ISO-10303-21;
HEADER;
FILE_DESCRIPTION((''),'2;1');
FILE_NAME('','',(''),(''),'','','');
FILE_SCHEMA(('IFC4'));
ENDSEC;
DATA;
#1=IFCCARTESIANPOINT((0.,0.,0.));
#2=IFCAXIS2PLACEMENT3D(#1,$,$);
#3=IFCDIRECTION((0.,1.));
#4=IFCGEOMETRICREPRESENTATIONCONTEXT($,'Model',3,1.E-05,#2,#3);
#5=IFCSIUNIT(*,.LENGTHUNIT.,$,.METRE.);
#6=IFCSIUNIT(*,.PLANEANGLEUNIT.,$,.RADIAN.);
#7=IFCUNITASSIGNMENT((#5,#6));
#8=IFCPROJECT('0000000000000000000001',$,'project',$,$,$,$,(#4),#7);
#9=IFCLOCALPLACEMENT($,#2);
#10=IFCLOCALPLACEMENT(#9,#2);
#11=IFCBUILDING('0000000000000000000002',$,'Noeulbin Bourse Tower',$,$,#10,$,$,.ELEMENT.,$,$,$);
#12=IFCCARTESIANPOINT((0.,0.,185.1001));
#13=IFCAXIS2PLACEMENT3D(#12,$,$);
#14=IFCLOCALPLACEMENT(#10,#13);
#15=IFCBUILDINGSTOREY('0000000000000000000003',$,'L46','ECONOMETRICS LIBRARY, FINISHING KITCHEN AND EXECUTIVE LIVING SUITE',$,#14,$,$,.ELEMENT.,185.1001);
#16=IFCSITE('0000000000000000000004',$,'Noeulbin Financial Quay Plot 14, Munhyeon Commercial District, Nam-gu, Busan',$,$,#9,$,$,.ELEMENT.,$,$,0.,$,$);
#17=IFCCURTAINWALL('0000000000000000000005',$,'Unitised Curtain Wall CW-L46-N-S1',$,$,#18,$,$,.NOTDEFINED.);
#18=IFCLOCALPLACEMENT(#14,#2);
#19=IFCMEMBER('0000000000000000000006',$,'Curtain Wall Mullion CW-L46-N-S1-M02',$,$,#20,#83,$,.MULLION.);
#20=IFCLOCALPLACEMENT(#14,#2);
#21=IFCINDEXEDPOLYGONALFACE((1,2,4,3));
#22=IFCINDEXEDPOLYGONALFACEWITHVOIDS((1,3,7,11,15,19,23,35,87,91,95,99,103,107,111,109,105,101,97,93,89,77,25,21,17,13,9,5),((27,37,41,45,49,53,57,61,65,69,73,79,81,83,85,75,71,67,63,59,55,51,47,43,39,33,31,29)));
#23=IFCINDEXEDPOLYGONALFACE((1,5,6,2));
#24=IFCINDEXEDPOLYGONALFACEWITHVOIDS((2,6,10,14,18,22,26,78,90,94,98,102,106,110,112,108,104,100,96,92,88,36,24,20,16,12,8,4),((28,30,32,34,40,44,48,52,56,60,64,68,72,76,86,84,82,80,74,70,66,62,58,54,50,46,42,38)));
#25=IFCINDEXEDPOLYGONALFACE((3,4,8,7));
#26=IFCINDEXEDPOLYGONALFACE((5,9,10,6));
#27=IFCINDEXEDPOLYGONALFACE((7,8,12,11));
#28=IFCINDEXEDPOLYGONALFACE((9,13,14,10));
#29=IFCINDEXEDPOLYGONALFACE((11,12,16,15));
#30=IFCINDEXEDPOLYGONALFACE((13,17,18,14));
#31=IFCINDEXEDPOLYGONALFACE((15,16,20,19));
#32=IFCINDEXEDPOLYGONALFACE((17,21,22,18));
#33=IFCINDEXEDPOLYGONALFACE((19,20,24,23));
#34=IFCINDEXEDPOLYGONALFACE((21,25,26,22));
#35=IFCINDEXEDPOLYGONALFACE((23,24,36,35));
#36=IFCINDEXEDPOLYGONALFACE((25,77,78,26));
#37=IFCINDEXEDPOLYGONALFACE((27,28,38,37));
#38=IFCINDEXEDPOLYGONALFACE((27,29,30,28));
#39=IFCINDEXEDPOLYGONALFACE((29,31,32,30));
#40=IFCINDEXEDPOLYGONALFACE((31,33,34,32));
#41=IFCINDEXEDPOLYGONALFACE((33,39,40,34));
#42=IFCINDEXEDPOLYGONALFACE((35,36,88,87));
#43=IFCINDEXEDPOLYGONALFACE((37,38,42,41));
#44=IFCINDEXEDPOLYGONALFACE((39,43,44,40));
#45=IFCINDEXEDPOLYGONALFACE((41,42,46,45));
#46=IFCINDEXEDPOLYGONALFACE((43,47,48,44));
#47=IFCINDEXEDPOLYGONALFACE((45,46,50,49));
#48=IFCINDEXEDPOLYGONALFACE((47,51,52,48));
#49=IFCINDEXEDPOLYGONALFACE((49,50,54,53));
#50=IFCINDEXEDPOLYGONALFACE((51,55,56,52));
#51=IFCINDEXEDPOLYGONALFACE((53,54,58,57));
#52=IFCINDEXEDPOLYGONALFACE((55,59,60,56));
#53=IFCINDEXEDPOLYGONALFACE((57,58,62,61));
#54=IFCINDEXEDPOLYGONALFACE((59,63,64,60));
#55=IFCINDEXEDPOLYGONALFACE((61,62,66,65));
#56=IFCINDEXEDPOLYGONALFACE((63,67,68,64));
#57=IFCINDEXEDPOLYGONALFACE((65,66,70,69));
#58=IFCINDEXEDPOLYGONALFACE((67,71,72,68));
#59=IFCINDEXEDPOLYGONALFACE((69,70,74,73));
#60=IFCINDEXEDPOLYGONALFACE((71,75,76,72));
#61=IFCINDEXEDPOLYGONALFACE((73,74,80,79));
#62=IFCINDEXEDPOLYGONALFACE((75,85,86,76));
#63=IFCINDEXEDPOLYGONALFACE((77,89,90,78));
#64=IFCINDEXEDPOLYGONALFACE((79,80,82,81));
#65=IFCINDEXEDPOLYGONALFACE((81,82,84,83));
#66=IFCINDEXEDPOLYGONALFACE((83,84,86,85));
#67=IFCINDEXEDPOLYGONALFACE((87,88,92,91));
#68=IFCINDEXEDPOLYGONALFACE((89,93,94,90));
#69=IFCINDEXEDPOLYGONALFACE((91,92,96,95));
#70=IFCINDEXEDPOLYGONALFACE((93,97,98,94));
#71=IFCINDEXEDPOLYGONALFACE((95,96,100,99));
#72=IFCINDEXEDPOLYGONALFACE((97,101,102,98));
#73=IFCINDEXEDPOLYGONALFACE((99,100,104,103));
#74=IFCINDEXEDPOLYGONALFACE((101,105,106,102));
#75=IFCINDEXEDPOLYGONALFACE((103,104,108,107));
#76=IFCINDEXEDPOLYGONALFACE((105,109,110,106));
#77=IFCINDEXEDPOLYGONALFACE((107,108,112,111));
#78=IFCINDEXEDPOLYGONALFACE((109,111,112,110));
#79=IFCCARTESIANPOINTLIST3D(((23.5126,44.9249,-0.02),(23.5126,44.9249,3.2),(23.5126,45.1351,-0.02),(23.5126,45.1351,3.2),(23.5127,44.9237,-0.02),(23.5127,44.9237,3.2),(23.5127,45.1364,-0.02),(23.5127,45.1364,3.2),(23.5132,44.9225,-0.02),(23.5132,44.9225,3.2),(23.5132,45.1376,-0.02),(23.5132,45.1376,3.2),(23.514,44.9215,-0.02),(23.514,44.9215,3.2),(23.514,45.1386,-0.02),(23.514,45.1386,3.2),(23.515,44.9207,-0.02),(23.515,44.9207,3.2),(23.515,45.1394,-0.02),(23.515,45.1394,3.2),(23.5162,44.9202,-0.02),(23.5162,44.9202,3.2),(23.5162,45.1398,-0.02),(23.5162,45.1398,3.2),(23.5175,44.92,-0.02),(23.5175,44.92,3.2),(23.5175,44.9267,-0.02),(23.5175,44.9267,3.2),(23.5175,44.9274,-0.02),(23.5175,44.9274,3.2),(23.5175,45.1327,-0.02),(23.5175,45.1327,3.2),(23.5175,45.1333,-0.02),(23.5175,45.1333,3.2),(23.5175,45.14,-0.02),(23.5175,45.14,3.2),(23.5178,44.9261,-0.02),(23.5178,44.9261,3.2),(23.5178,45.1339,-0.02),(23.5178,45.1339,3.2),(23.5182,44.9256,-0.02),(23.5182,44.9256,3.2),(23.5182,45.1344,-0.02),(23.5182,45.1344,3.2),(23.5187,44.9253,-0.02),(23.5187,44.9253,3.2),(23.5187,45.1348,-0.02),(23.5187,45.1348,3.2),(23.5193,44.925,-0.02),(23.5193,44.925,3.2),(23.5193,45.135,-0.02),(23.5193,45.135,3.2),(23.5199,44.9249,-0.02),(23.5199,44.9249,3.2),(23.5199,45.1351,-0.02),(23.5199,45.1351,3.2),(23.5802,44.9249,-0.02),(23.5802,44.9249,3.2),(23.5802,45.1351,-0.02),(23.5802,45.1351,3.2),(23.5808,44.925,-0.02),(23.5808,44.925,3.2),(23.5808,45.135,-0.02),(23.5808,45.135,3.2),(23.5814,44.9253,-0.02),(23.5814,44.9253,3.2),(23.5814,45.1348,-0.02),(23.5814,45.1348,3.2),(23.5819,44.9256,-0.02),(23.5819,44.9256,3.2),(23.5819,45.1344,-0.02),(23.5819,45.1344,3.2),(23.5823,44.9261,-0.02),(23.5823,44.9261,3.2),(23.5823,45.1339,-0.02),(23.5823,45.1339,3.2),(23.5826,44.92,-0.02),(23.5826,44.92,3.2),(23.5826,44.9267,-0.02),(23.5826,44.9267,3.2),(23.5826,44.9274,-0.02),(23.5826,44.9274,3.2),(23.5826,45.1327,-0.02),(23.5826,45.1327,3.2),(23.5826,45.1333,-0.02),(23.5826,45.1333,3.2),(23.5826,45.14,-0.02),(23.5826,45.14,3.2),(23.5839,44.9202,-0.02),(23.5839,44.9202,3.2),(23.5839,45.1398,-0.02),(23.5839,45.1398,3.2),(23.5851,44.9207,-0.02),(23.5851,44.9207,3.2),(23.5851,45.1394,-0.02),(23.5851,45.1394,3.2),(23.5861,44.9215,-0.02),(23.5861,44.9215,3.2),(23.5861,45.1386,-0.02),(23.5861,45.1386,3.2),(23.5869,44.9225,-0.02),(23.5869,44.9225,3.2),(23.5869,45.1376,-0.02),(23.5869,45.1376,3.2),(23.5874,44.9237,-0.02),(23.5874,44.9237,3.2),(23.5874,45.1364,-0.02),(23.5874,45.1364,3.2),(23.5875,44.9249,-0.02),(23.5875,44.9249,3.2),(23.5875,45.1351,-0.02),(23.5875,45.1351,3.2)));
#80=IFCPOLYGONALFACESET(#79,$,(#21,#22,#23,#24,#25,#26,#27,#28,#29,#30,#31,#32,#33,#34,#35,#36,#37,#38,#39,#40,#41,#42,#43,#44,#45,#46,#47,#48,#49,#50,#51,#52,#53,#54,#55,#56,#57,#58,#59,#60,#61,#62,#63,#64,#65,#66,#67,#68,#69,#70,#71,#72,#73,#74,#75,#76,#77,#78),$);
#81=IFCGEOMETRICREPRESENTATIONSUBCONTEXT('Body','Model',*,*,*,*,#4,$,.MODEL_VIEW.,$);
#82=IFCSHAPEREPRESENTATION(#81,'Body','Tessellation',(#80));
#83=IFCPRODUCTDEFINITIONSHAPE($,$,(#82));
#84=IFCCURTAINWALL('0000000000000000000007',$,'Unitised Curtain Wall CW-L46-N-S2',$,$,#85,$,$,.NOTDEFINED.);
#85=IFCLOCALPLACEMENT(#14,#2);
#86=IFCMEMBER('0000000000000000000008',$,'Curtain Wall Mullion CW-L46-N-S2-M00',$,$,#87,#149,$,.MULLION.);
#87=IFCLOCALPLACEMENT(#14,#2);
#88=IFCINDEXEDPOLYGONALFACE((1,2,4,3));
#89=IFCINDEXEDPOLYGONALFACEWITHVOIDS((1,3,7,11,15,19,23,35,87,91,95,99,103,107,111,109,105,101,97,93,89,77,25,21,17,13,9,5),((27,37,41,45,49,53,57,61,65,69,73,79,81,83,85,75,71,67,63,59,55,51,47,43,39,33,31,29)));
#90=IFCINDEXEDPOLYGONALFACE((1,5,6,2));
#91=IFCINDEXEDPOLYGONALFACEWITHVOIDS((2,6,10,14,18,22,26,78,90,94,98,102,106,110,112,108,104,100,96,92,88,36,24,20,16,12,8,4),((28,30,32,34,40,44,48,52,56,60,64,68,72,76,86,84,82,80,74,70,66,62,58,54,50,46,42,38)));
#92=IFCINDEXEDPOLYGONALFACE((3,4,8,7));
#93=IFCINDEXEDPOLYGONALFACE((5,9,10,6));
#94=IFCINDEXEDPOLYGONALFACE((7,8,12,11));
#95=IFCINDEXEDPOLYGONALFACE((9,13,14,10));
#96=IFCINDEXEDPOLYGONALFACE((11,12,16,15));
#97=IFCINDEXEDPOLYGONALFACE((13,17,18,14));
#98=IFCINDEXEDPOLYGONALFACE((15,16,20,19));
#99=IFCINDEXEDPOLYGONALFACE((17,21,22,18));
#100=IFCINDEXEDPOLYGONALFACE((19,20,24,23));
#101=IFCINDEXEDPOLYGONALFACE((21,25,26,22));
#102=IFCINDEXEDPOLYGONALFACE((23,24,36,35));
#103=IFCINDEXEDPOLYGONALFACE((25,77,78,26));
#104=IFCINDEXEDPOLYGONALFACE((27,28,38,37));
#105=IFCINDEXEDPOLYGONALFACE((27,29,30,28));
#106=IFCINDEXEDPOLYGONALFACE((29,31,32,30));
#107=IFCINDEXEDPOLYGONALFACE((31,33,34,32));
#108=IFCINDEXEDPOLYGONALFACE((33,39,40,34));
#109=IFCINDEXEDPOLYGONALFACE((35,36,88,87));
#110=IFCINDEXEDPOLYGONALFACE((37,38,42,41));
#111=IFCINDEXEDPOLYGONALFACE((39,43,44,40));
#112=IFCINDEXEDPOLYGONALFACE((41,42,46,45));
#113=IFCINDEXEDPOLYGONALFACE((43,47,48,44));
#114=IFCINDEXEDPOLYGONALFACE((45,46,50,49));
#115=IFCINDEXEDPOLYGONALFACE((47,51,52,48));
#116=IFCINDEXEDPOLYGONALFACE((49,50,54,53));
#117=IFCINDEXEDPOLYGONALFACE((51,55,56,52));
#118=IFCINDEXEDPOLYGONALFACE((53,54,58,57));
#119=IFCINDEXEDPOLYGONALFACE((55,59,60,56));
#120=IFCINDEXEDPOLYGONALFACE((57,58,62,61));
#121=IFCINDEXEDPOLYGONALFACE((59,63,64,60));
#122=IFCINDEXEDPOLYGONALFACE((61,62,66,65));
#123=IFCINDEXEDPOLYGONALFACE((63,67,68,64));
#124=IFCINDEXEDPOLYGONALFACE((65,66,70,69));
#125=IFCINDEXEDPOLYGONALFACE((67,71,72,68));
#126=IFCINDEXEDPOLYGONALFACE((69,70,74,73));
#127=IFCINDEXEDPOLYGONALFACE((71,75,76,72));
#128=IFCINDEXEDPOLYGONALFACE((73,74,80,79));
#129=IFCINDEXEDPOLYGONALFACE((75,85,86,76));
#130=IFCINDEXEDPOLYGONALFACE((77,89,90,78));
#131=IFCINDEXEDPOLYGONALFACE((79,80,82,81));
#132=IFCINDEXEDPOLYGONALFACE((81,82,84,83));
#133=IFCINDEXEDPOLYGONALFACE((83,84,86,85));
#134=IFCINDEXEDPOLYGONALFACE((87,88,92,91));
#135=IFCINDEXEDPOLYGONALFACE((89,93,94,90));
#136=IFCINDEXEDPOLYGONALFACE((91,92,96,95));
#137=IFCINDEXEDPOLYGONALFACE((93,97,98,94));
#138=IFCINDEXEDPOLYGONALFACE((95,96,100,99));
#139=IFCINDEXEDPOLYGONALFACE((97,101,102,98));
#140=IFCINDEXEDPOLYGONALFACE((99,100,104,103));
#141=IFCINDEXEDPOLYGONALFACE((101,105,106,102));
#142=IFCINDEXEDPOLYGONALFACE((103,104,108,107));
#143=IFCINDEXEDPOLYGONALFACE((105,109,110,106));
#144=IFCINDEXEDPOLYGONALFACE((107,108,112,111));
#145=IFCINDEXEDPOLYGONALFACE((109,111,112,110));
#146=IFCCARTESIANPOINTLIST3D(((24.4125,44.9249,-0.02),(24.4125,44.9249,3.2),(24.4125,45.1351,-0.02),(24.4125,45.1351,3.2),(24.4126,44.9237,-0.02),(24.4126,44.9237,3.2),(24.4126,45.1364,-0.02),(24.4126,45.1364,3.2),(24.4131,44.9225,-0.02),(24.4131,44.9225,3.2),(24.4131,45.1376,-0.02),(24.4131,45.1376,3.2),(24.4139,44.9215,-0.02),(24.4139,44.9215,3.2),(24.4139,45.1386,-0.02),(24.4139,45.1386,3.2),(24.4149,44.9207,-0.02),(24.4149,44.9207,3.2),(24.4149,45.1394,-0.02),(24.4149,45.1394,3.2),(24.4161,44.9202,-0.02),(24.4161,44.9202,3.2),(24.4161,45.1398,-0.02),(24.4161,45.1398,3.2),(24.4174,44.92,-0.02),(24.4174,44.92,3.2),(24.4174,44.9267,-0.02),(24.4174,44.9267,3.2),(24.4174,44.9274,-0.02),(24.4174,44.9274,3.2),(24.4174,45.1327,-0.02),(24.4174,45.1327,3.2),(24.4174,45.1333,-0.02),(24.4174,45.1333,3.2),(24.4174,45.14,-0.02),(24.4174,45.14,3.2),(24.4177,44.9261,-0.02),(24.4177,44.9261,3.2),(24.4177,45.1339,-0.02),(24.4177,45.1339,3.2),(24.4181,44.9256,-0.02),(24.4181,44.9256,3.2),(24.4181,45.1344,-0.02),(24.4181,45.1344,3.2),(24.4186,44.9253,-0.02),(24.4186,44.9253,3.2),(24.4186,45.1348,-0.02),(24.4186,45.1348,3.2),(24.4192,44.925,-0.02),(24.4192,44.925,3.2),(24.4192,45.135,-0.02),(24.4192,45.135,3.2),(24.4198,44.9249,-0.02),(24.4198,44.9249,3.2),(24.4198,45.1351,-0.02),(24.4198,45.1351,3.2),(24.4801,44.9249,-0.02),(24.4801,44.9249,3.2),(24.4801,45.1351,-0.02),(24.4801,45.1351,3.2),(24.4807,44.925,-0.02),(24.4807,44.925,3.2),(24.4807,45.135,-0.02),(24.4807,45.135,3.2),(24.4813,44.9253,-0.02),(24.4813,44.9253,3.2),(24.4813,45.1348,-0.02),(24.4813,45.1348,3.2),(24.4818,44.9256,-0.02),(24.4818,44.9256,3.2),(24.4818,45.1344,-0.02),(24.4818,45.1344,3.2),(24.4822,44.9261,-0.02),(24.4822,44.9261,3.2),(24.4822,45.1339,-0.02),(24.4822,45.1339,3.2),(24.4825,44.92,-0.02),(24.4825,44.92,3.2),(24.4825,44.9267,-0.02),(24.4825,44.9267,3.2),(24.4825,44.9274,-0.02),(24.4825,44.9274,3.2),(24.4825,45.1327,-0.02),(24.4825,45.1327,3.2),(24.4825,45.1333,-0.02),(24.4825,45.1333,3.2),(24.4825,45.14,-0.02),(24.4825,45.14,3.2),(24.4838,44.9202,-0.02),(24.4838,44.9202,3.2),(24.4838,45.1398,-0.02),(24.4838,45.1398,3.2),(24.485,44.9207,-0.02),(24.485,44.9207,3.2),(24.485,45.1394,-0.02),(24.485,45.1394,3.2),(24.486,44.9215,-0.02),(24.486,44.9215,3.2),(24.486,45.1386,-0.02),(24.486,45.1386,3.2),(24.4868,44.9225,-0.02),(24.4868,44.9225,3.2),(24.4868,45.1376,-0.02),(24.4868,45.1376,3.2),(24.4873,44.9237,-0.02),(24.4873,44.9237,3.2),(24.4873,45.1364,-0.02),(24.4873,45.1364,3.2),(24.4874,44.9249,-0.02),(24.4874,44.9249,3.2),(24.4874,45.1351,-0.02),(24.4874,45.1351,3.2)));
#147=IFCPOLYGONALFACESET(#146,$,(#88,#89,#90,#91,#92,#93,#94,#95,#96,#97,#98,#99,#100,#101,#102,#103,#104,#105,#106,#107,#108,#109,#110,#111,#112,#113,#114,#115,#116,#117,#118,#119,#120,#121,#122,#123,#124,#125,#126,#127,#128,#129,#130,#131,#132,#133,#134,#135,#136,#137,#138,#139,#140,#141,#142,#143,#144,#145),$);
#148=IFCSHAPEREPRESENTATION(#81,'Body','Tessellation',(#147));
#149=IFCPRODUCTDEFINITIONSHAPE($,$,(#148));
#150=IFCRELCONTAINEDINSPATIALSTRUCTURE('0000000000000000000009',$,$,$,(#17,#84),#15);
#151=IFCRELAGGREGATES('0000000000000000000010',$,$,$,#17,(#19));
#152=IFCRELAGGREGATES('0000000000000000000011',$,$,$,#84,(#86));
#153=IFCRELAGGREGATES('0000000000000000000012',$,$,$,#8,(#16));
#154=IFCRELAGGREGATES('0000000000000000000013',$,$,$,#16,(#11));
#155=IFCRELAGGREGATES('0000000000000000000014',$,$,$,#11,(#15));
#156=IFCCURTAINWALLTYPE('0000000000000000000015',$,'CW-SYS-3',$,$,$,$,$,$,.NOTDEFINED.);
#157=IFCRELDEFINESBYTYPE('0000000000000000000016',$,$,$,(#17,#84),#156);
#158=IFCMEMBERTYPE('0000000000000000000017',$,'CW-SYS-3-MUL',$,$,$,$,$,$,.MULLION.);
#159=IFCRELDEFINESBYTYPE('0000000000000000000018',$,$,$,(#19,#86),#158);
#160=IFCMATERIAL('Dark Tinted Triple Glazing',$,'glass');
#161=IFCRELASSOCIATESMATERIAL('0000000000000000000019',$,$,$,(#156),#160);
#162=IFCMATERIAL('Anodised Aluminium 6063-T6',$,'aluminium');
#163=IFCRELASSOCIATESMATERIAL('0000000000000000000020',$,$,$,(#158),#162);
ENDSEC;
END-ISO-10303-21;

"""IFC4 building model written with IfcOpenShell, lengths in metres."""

from ifc_helpers import new_model, si_unit, direction, frame, origin, origin_2d, place, context, subcontext, project, spatial, hollow_rectangle, extrude, material, material_profile, profile_set, type_object, element, aggregate, save


model = new_model("IFC4")

# Units and contexts
model_context = context("Model", 3, precision=1e-05, world=origin(), true_north=direction((0.0, 1.0)))
body_context = subcontext(model_context, "Body", "Model", "MODEL_VIEW")
ifc_project = project(units=[si_unit("LENGTHUNIT", "METRE"), si_unit("PLANEANGLEUNIT", "RADIAN")], contexts=[model_context])

# Site, building, storey
site_placement = place(None, origin())
site = spatial("IfcSite", under=ifc_project, at=site_placement, Name="Noeulbin Financial Quay Plot 14, Munhyeon Commercial District, Nam-gu, Busan", CompositionType="ELEMENT", RefElevation=0.0)
building_placement = place(site_placement, origin())
building = spatial("IfcBuilding", under=site, at=building_placement, Name="Noeulbin Bourse Tower", CompositionType="ELEMENT")
storey_placement = place(building_placement, frame((0.0, 0.0, 185.1001)))
storey = spatial("IfcBuildingStorey", under=building, at=storey_placement, Name="L46", Description="ECONOMETRICS LIBRARY, FINISHING KITCHEN AND EXECUTIVE LIVING SUITE", CompositionType="ELEMENT", Elevation=185.1001)

# Curtain walls, members
ifc_material_1 = material(Name="Dark Tinted Triple Glazing", Category="glass")
curtain_wall_type = type_object("IfcCurtainWallType", Name="CW-SYS-3", PredefinedType="NOTDEFINED", material=ifc_material_1)
curtain_wall_1_placement = place(storey_placement, origin())
curtain_wall_1 = element("IfcCurtainWall", 1, at=curtain_wall_1_placement, inside=storey, type_object=curtain_wall_type, Name="Unitised Curtain Wall CW-L46-N-S1", PredefinedType="NOTDEFINED")
ifc_material_2 = material(Name="Anodised Aluminium 6063-T6", Category="aluminium")
ifc_material_profile_1 = material_profile(ifc_material_2, hollow_rectangle(XDim=0.075, YDim=0.22, WallThickness=0.0049, InnerFilletRadius=0.0024, OuterFilletRadius=0.0049, at=origin_2d()), Name="ALU-MULL-75x220x5", Category="LoadBearing")
ifc_profile_set_1 = profile_set([ifc_material_profile_1], Name="Anodised Aluminium 6063-T6")
member_type_1 = type_object("IfcMemberType", Name="CW-SYS-3-MUL", PredefinedType="MULLION", material=ifc_profile_set_1)
member_1_placement = place(storey_placement, frame((23.55, 45.03, -0.02), z_axis=(0.0, 0.0, 1.0), x_axis=(1.0, 0.0, 0.0)))
member_1 = element("IfcMember", 2, at=member_1_placement, type_object=member_type_1, Name="Curtain Wall Mullion CW-L46-N-S1-M02", PredefinedType="MULLION", context=body_context, shape_type="SweptSolid", body=[
    extrude(hollow_rectangle(XDim=0.075, YDim=0.22, WallThickness=0.0049, InnerFilletRadius=0.0024, OuterFilletRadius=0.0049, at=origin_2d()), origin(), (0.0, 0.0, 1.0), 3.22),
])
curtain_wall_2_placement = place(storey_placement, origin())
curtain_wall_2 = element("IfcCurtainWall", 3, at=curtain_wall_2_placement, inside=storey, type_object=curtain_wall_type, Name="Unitised Curtain Wall CW-L46-N-S2", PredefinedType="NOTDEFINED")
member_2_placement = place(storey_placement, frame((24.45, 45.03, -0.02), z_axis=(0.0, 0.0, 1.0), x_axis=(1.0, 0.0, 0.0)))
member_2 = element("IfcMember", 4, at=member_2_placement, type_object=member_type_1, Name="Curtain Wall Mullion CW-L46-N-S2-M00", PredefinedType="MULLION", context=body_context, shape_type="SweptSolid", body=[
    extrude(hollow_rectangle(XDim=0.075, YDim=0.22, WallThickness=0.0049, InnerFilletRadius=0.0024, OuterFilletRadius=0.0049, at=origin_2d()), origin(), (0.0, 0.0, 1.0), 3.22),
])

aggregate(curtain_wall_1, [member_1])
aggregate(curtain_wall_2, [member_2])

save(model, "model.ifc")
